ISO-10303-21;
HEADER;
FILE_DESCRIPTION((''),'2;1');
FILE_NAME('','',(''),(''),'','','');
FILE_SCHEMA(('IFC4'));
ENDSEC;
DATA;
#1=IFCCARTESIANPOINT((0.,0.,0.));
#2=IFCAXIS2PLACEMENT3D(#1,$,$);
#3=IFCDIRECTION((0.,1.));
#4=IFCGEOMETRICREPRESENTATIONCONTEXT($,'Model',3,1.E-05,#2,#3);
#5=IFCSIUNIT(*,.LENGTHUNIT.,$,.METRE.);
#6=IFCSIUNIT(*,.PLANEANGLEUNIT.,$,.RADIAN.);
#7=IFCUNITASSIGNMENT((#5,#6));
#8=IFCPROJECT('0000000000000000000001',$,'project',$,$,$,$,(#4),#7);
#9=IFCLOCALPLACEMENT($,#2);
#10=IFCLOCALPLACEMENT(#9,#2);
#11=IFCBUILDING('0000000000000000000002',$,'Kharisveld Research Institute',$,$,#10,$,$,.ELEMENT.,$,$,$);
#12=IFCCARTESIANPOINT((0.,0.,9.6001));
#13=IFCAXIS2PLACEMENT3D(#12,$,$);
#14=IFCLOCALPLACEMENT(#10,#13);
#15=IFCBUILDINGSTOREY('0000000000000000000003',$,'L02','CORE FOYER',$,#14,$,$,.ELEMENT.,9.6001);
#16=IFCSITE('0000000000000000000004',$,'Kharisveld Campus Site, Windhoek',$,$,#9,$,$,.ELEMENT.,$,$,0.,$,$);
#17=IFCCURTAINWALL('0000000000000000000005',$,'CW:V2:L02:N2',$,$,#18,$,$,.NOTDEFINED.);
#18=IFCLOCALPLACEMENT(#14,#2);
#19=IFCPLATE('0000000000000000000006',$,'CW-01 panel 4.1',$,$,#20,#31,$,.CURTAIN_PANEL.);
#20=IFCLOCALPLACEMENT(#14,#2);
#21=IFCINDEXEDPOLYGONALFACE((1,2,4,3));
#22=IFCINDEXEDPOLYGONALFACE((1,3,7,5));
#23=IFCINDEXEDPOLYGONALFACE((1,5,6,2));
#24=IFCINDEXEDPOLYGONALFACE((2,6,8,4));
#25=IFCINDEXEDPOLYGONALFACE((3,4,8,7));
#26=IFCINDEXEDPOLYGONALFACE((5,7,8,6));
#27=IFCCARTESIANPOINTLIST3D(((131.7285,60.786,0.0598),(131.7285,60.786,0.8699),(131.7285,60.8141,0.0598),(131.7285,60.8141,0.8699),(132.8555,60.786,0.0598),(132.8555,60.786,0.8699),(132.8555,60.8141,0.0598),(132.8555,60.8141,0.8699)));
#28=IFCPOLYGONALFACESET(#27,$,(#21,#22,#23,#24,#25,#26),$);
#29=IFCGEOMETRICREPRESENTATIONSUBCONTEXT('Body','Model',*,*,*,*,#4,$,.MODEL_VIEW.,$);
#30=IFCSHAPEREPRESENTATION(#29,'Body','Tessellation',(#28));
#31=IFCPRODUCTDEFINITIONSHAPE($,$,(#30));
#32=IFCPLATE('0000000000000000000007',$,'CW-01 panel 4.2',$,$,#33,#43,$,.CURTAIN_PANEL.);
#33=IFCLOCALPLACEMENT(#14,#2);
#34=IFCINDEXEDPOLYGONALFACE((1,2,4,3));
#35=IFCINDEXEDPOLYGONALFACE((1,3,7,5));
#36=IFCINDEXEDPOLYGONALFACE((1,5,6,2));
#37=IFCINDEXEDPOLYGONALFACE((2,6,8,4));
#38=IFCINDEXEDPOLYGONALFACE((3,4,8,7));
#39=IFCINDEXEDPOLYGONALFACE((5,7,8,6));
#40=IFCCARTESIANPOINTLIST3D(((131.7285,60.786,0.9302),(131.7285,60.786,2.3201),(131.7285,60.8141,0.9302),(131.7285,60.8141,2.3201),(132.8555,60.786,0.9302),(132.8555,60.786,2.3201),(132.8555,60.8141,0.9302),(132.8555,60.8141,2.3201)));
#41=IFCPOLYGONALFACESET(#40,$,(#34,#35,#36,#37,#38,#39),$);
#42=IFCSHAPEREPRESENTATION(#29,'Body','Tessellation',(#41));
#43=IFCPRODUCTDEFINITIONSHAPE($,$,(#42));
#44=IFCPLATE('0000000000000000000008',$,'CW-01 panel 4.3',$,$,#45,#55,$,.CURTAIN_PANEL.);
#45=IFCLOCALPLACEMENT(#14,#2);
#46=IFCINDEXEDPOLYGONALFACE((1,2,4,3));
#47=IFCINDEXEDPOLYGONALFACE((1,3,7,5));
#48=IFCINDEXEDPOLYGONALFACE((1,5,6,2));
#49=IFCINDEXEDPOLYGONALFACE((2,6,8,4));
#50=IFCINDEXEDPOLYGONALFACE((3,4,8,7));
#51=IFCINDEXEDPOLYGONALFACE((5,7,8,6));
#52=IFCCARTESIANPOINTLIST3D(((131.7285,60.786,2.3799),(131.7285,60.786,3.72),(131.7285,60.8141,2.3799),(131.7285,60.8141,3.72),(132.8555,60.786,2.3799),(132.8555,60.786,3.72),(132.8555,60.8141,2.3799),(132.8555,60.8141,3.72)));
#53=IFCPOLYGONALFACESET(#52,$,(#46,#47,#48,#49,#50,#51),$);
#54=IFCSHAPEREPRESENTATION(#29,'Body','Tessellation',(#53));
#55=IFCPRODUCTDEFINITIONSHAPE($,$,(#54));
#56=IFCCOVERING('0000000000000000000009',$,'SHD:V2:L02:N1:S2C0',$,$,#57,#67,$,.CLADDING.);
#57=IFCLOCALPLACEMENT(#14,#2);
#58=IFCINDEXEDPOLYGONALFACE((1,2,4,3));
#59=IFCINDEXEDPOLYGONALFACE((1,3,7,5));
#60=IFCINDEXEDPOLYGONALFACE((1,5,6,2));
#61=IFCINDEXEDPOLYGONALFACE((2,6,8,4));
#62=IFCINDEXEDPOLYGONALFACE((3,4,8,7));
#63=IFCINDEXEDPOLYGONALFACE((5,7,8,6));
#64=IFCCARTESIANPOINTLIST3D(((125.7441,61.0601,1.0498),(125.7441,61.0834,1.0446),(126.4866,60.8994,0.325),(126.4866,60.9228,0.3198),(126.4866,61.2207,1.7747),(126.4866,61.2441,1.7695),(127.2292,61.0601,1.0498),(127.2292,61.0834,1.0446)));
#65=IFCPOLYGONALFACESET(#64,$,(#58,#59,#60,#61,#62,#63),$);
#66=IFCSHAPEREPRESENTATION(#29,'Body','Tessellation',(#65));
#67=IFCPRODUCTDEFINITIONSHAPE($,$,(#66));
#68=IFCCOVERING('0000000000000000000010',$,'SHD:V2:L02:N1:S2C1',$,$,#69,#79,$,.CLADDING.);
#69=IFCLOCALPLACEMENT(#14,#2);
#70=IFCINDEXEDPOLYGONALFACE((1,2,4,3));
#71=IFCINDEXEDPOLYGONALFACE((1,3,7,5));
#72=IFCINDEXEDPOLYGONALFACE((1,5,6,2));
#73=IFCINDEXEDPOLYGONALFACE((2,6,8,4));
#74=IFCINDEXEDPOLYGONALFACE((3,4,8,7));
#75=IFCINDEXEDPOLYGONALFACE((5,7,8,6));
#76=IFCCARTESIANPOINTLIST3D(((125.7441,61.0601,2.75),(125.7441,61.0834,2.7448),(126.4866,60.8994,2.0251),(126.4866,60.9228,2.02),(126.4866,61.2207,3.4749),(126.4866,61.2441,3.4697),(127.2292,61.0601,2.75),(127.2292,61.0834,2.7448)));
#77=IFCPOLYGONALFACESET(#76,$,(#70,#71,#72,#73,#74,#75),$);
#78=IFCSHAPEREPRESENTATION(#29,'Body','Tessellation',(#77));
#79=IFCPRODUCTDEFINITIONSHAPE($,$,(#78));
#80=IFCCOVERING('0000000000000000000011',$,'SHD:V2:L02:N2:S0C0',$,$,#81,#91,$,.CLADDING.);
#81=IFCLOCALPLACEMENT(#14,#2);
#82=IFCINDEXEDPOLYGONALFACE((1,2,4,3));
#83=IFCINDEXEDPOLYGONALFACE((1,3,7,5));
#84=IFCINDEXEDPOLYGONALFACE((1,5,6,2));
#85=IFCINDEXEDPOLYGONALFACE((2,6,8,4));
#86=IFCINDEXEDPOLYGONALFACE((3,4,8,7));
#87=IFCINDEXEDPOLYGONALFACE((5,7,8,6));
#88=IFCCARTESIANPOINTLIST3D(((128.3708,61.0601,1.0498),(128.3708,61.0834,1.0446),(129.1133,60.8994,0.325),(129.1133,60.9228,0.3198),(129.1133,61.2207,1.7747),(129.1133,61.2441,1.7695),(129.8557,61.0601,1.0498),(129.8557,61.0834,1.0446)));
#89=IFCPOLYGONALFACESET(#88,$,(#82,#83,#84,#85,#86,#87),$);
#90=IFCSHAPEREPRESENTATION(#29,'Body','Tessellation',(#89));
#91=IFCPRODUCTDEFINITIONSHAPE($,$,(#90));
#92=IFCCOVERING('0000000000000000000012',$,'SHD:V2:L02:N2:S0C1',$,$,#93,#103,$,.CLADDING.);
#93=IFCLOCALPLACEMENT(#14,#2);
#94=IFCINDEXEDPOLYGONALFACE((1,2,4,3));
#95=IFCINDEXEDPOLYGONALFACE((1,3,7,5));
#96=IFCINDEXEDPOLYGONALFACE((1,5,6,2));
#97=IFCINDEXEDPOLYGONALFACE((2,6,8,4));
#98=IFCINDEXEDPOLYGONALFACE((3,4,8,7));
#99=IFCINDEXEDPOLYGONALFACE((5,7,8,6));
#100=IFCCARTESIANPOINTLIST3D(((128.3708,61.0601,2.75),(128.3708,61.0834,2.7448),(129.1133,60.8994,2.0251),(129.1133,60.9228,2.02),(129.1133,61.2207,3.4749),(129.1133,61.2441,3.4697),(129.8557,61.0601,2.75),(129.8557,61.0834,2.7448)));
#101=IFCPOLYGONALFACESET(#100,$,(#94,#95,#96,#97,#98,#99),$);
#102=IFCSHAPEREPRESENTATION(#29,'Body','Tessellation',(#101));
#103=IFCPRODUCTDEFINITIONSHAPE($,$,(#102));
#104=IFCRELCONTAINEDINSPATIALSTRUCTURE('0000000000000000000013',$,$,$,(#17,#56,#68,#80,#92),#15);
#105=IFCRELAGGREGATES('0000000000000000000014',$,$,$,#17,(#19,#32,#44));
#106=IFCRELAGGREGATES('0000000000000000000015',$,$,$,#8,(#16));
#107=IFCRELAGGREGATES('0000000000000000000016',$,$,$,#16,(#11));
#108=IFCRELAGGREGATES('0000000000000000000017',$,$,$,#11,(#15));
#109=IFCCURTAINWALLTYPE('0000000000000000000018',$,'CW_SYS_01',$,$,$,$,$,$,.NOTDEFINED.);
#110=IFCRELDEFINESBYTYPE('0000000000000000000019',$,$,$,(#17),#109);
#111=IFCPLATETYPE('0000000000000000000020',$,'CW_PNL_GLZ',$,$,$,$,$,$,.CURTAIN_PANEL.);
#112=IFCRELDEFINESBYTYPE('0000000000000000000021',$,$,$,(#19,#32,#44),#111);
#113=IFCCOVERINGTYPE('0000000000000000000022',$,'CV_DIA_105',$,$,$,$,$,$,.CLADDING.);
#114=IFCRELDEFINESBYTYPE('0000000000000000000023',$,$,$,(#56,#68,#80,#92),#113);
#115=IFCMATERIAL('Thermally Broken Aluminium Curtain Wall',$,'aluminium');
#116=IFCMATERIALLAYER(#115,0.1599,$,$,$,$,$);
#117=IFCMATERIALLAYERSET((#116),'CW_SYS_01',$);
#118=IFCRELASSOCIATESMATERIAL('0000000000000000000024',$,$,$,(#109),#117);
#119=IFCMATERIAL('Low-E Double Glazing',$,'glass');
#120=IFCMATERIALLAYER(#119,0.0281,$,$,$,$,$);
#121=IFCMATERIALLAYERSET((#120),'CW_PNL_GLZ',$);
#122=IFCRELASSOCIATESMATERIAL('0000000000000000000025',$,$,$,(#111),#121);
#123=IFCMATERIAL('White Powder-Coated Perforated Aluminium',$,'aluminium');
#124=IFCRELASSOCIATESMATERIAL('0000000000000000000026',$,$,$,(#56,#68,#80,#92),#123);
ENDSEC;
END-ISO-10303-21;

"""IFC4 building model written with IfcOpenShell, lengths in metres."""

from ifc_helpers import new_model, si_unit, direction, frame, origin, origin_2d, place, context, subcontext, project, spatial, polyline, rectangle, outline, extrude, material, layer, layer_set, type_object, element, aggregate, save


model = new_model("IFC4")

# Units and contexts
model_context = context("Model", 3, precision=1e-05, world=origin(), true_north=direction((0.0, 1.0)))
body_context = subcontext(model_context, "Body", "Model", "MODEL_VIEW")
ifc_project = project(units=[si_unit("LENGTHUNIT", "METRE"), si_unit("PLANEANGLEUNIT", "RADIAN")], contexts=[model_context])

# Site, building, storey
site_placement = place(None, origin())
site = spatial("IfcSite", under=ifc_project, at=site_placement, Name="Kharisveld Campus Site, Windhoek", CompositionType="ELEMENT", RefElevation=0.0)
building_placement = place(site_placement, origin())
building = spatial("IfcBuilding", under=site, at=building_placement, Name="Kharisveld Research Institute", CompositionType="ELEMENT")
storey_placement = place(building_placement, frame((0.0, 0.0, 9.6001)))
storey = spatial("IfcBuildingStorey", under=building, at=storey_placement, Name="L02", Description="CORE FOYER", CompositionType="ELEMENT", Elevation=9.6001)

# Curtain wall, plates
ifc_material_1 = material(Name="Thermally Broken Aluminium Curtain Wall", Category="aluminium")
ifc_layer_1 = layer(ifc_material_1, 0.1599)
ifc_layer_set_1 = layer_set([ifc_layer_1], Name="CW_SYS_01")
curtain_wall_type = type_object("IfcCurtainWallType", Name="CW_SYS_01", PredefinedType="NOTDEFINED", material=ifc_layer_set_1)
curtain_wall_placement = place(storey_placement, origin())
curtain_wall = element("IfcCurtainWall", 1, at=curtain_wall_placement, inside=storey, type_object=curtain_wall_type, Name="CW:V2:L02:N2", PredefinedType="NOTDEFINED")
ifc_material_2 = material(Name="Low-E Double Glazing", Category="glass")
ifc_layer_2 = layer(ifc_material_2, 0.0281)
ifc_layer_set_2 = layer_set([ifc_layer_2], Name="CW_PNL_GLZ")
plate_type = type_object("IfcPlateType", Name="CW_PNL_GLZ", PredefinedType="CURTAIN_PANEL", material=ifc_layer_set_2)
plate_1_placement = place(storey_placement, frame((132.292, 60.8, 0.0598), z_axis=(0.0, 0.0, 1.0), x_axis=(1.0, 0.0, 0.0)))
plate_1 = element("IfcPlate", 2, at=plate_1_placement, type_object=plate_type, Name="CW-01 panel 4.1", PredefinedType="CURTAIN_PANEL", context=body_context, shape_type="SweptSolid", body=[
    extrude(rectangle(XDim=1.127, YDim=0.0281, at=origin_2d()), origin(), (0.0, 0.0, 1.0), 0.8101),
])
plate_2_placement = place(storey_placement, frame((132.292, 60.8, 0.9302), z_axis=(0.0, 0.0, 1.0), x_axis=(1.0, 0.0, 0.0)))
plate_2 = element("IfcPlate", 3, at=plate_2_placement, type_object=plate_type, Name="CW-01 panel 4.2", PredefinedType="CURTAIN_PANEL", context=body_context, shape_type="SweptSolid", body=[
    extrude(rectangle(XDim=1.127, YDim=0.0281, at=origin_2d()), origin(), (0.0, 0.0, 1.0), 1.3899),
])
plate_3_placement = place(storey_placement, frame((132.292, 60.8, 2.3799), z_axis=(0.0, 0.0, 1.0), x_axis=(1.0, 0.0, 0.0)))
plate_3 = element("IfcPlate", 4, at=plate_3_placement, type_object=plate_type, Name="CW-01 panel 4.3", PredefinedType="CURTAIN_PANEL", context=body_context, shape_type="SweptSolid", body=[
    extrude(rectangle(XDim=1.127, YDim=0.0281, at=origin_2d()), origin(), (0.0, 0.0, 1.0), 1.3401),
])
aggregate(curtain_wall, [plate_1, plate_2, plate_3])

# Coverings
ifc_material_3 = material(Name="White Powder-Coated Perforated Aluminium", Category="aluminium")
covering_type = type_object("IfcCoveringType", Name="CV_DIA_105", PredefinedType="CLADDING")
for number, where, z_axis, x_axis, name in (
    (5, (126.4866, 60.8994, 0.325), (0.0, -0.976311, 0.216373), (0.707218, 0.152975, 0.690247), "SHD:V2:L02:N1:S2C0"),
    (6, (126.4866, 60.8994, 2.0251), (0.0, -0.976311, 0.216373), (0.707218, 0.152975, 0.690247), "SHD:V2:L02:N1:S2C1"),
):
    element("IfcCovering", number, at=place(storey_placement, frame(where, z_axis=z_axis, x_axis=x_axis)), inside=storey, type_object=covering_type, material=ifc_material_3, Name=name, PredefinedType="CLADDING", context=body_context, shape_type="SweptSolid", body=[
        extrude(outline(polyline([(0.0, 0.0), (1.0501, 0.0), (1.0498, 1.0501), (-0.0002, 1.05), (0.0, 0.0)])), origin(), (0.0, 0.0, -1.0), 0.0239),
    ])
for number, where, z_axis, x_axis, name in (
    (7, (129.1133, 60.8994, 0.325), (0.0, -0.976311, 0.216373), (0.707102, 0.153, 0.69036), "SHD:V2:L02:N2:S0C0"),
    (8, (129.1133, 60.8994, 2.0251), (0.0, -0.976311, 0.216373), (0.707102, 0.153, 0.69036), "SHD:V2:L02:N2:S0C1"),
):
    element("IfcCovering", number, at=place(storey_placement, frame(where, z_axis=z_axis, x_axis=x_axis)), inside=storey, type_object=covering_type, material=ifc_material_3, Name=name, PredefinedType="CLADDING", context=body_context, shape_type="SweptSolid", body=[
        extrude(outline(polyline([(0.0, 0.0), (1.05, 0.0), (1.05, 1.05), (0.0, 1.05), (0.0, 0.0)])), origin(), (0.0, 0.0, -1.0), 0.0239),
    ])

save(model, "model.ifc")
